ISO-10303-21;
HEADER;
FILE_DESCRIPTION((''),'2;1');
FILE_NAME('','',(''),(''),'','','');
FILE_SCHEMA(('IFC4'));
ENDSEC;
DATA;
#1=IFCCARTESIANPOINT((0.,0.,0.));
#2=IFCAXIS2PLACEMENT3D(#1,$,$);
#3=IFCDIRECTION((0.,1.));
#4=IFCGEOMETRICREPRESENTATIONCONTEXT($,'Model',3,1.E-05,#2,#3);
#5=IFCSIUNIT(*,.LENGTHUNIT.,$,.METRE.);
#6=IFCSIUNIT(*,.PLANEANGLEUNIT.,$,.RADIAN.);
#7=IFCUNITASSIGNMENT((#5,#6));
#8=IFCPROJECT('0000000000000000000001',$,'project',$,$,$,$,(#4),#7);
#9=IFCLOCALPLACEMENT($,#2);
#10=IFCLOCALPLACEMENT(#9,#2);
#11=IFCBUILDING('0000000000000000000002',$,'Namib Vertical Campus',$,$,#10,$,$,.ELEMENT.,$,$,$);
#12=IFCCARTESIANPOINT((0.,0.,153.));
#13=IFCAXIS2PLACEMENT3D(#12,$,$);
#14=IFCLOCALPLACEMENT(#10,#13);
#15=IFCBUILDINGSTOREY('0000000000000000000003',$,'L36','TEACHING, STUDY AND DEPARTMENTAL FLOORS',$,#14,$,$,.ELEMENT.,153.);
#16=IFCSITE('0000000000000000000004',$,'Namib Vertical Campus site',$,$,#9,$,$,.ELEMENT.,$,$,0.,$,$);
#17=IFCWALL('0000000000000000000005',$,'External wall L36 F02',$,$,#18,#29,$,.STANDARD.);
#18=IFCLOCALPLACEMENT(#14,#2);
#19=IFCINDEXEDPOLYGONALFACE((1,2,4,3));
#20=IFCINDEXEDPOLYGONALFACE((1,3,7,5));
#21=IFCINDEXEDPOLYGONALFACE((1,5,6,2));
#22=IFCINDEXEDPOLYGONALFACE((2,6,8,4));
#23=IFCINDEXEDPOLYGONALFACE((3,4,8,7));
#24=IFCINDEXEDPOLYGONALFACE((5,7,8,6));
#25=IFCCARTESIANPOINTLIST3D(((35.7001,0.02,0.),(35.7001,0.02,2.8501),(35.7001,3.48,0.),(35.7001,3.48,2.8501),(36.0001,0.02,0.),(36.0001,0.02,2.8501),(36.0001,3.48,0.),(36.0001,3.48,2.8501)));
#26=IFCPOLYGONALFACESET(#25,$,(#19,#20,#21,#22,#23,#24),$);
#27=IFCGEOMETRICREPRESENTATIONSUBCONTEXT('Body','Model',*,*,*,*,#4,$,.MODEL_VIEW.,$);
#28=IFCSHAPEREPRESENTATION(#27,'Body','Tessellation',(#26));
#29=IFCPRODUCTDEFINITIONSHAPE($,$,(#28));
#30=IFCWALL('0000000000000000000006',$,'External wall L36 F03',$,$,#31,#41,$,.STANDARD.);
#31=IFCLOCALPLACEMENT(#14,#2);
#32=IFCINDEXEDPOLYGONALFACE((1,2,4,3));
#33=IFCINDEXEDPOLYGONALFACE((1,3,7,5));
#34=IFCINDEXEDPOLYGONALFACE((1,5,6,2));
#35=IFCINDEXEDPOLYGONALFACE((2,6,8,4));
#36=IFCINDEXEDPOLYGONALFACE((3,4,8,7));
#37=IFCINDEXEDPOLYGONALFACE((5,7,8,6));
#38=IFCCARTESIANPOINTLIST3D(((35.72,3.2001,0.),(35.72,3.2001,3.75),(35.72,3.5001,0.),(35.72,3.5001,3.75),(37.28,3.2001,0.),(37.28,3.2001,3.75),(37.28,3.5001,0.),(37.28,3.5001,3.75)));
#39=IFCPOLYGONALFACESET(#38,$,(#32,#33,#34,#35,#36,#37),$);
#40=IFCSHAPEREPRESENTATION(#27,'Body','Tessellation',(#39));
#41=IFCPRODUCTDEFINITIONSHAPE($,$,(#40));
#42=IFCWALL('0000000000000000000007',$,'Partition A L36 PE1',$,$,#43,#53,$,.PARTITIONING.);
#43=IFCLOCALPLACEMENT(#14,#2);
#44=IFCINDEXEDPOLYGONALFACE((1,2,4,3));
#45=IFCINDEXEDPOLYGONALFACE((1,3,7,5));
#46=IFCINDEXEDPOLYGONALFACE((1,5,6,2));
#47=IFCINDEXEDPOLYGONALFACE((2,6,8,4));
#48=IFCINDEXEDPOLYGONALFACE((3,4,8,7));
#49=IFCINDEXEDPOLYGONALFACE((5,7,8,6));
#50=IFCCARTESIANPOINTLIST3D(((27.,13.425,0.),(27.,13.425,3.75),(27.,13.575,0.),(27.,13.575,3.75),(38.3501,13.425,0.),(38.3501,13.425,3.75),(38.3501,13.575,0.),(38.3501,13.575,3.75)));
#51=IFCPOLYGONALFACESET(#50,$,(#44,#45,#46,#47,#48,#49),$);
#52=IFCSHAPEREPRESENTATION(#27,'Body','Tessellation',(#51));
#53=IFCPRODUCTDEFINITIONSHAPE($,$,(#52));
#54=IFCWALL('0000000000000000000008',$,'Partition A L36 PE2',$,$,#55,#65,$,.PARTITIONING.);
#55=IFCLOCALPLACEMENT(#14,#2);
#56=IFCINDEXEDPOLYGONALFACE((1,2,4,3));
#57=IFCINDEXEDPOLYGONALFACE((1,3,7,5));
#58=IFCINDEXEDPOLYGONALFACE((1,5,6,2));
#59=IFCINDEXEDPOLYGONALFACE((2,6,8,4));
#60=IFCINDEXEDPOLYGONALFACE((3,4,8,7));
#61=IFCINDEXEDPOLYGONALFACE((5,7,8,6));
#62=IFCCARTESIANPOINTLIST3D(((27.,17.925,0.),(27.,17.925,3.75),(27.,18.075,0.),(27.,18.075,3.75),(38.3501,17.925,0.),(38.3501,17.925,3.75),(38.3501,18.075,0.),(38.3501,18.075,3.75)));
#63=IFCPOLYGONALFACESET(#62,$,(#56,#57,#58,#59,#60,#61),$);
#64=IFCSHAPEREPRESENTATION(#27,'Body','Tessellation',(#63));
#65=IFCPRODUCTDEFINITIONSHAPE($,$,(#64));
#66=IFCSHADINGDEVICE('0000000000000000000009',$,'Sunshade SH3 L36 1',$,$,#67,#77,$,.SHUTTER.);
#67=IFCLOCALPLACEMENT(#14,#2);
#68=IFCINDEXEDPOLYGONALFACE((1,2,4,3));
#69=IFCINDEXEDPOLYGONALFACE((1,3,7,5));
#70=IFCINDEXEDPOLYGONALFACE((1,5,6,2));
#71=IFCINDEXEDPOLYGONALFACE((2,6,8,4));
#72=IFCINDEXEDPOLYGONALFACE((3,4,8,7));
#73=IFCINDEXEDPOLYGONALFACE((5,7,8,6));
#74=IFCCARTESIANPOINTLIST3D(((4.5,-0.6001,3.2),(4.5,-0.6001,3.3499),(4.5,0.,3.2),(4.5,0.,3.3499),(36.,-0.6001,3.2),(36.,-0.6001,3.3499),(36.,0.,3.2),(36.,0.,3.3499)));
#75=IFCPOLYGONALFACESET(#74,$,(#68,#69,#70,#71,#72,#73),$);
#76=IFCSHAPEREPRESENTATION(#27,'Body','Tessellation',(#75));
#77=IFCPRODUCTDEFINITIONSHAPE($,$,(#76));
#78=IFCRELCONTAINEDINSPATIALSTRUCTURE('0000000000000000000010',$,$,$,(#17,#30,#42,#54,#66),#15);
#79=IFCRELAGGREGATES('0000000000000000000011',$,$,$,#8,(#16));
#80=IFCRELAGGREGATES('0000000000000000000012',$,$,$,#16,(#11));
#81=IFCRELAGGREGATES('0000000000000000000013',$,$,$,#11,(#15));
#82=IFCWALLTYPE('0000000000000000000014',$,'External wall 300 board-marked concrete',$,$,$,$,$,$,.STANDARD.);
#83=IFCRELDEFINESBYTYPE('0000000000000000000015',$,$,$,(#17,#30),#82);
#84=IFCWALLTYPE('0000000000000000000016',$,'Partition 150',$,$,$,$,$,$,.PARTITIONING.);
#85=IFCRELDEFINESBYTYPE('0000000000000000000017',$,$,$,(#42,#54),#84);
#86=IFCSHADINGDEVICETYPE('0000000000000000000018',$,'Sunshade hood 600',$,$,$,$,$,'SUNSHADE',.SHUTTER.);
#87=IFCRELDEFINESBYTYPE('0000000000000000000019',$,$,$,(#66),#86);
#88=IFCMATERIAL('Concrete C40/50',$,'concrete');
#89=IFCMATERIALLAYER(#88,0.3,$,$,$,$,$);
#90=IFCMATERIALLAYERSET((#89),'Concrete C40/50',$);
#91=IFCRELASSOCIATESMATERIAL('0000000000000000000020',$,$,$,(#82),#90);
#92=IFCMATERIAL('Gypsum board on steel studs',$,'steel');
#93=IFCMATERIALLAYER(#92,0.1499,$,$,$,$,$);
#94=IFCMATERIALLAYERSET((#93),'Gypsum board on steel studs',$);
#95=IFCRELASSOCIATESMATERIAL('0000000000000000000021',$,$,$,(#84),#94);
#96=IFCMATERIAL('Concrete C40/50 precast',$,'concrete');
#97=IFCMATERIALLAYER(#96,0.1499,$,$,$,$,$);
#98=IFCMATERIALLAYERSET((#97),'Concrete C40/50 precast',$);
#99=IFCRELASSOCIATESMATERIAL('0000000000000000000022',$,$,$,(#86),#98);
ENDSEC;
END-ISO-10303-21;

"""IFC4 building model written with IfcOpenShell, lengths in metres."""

from ifc_helpers import new_model, si_unit, direction, frame, frame_2d, origin, origin_2d, place, context, subcontext, project, spatial, rectangle, extrude, material, layer, layer_set, type_object, element, save


model = new_model("IFC4")

# Units and contexts
model_context = context("Model", 3, precision=1e-05, world=origin(), true_north=direction((0.0, 1.0)))
body_context = subcontext(model_context, "Body", "Model", "MODEL_VIEW")
ifc_project = project(units=[si_unit("LENGTHUNIT", "METRE"), si_unit("PLANEANGLEUNIT", "RADIAN")], contexts=[model_context])

# Site, building, storey
site_placement = place(None, origin())
site = spatial("IfcSite", under=ifc_project, at=site_placement, Name="Namib Vertical Campus site", CompositionType="ELEMENT", RefElevation=0.0)
building_placement = place(site_placement, origin())
building = spatial("IfcBuilding", under=site, at=building_placement, Name="Namib Vertical Campus", CompositionType="ELEMENT")
storey_placement = place(building_placement, frame((0.0, 0.0, 153.0)))
storey = spatial("IfcBuildingStorey", under=building, at=storey_placement, Name="L36", Description="TEACHING, STUDY AND DEPARTMENTAL FLOORS", CompositionType="ELEMENT", Elevation=153.0)

# Walls
ifc_material_1 = material(Name="Concrete C40/50", Category="concrete")
ifc_layer_1 = layer(ifc_material_1, 0.3)
ifc_layer_set_1 = layer_set([ifc_layer_1], Name="Concrete C40/50")
wall_type_1 = type_object("IfcWallType", Name="External wall 300 board-marked concrete", PredefinedType="STANDARD", material=ifc_layer_set_1)
wall_1_placement = place(storey_placement, frame((35.8501, 0.02, 0.0), z_axis=(0.0, 0.0, 1.0), x_axis=(0.0, 1.0, 0.0)))
element("IfcWall", 1, at=wall_1_placement, inside=storey, type_object=wall_type_1, Name="External wall L36 F02", PredefinedType="STANDARD", context=body_context, shape_type="SweptSolid", body=[
    extrude(rectangle(XDim=3.46, YDim=0.3, at=frame_2d((1.73, 0.0))), origin(), (0.0, 0.0, 1.0), 2.8501),
])
wall_2_placement = place(storey_placement, frame((35.72, 3.3501, 0.0), z_axis=(0.0, 0.0, 1.0), x_axis=(1.0, 0.0, 0.0)))
element("IfcWall", 2, at=wall_2_placement, inside=storey, type_object=wall_type_1, Name="External wall L36 F03", PredefinedType="STANDARD", context=body_context, shape_type="SweptSolid", body=[
    extrude(rectangle(XDim=1.5601, YDim=0.3, at=frame_2d((0.78, 0.0))), origin(), (0.0, 0.0, 1.0), 3.75),
])
ifc_material_2 = material(Name="Gypsum board on steel studs", Category="steel")
ifc_layer_2 = layer(ifc_material_2, 0.1499)
ifc_layer_set_2 = layer_set([ifc_layer_2], Name="Gypsum board on steel studs")
wall_type_2 = type_object("IfcWallType", Name="Partition 150", PredefinedType="PARTITIONING", material=ifc_layer_set_2)
for number, where, z_axis, x_axis, name in (
    (3, (27.0, 13.5, 0.0), (0.0, 0.0, 1.0), (1.0, 0.0, 0.0), "Partition A L36 PE1"),
    (4, (27.0, 18.0, 0.0), (0.0, 0.0, 1.0), (1.0, 0.0, 0.0), "Partition A L36 PE2"),
):
    element("IfcWall", number, at=place(storey_placement, frame(where, z_axis=z_axis, x_axis=x_axis)), inside=storey, type_object=wall_type_2, Name=name, PredefinedType="PARTITIONING", context=body_context, shape_type="SweptSolid", body=[
        extrude(rectangle(XDim=11.3501, YDim=0.1499, at=frame_2d((5.675, 0.0))), origin(), (0.0, 0.0, 1.0), 3.75),
    ])

# Shading device
ifc_material_3 = material(Name="Concrete C40/50 precast", Category="concrete")
ifc_layer_3 = layer(ifc_material_3, 0.1499)
ifc_layer_set_3 = layer_set([ifc_layer_3], Name="Concrete C40/50 precast")
shading_device_type = type_object("IfcShadingDeviceType", Name="Sunshade hood 600", ElementType="SUNSHADE", PredefinedType="SHUTTER", material=ifc_layer_set_3)
shading_device_placement = place(storey_placement, frame((20.25, -0.3, 3.2), z_axis=(0.0, 0.0, 1.0), x_axis=(1.0, 0.0, 0.0)))
element("IfcShadingDevice", 5, at=shading_device_placement, inside=storey, type_object=shading_device_type, Name="Sunshade SH3 L36 1", PredefinedType="SHUTTER", context=body_context, shape_type="SweptSolid", body=[
    extrude(rectangle(XDim=31.5, YDim=0.6001, at=origin_2d()), origin(), (0.0, 0.0, 1.0), 0.1499),
])

save(model, "model.ifc")
